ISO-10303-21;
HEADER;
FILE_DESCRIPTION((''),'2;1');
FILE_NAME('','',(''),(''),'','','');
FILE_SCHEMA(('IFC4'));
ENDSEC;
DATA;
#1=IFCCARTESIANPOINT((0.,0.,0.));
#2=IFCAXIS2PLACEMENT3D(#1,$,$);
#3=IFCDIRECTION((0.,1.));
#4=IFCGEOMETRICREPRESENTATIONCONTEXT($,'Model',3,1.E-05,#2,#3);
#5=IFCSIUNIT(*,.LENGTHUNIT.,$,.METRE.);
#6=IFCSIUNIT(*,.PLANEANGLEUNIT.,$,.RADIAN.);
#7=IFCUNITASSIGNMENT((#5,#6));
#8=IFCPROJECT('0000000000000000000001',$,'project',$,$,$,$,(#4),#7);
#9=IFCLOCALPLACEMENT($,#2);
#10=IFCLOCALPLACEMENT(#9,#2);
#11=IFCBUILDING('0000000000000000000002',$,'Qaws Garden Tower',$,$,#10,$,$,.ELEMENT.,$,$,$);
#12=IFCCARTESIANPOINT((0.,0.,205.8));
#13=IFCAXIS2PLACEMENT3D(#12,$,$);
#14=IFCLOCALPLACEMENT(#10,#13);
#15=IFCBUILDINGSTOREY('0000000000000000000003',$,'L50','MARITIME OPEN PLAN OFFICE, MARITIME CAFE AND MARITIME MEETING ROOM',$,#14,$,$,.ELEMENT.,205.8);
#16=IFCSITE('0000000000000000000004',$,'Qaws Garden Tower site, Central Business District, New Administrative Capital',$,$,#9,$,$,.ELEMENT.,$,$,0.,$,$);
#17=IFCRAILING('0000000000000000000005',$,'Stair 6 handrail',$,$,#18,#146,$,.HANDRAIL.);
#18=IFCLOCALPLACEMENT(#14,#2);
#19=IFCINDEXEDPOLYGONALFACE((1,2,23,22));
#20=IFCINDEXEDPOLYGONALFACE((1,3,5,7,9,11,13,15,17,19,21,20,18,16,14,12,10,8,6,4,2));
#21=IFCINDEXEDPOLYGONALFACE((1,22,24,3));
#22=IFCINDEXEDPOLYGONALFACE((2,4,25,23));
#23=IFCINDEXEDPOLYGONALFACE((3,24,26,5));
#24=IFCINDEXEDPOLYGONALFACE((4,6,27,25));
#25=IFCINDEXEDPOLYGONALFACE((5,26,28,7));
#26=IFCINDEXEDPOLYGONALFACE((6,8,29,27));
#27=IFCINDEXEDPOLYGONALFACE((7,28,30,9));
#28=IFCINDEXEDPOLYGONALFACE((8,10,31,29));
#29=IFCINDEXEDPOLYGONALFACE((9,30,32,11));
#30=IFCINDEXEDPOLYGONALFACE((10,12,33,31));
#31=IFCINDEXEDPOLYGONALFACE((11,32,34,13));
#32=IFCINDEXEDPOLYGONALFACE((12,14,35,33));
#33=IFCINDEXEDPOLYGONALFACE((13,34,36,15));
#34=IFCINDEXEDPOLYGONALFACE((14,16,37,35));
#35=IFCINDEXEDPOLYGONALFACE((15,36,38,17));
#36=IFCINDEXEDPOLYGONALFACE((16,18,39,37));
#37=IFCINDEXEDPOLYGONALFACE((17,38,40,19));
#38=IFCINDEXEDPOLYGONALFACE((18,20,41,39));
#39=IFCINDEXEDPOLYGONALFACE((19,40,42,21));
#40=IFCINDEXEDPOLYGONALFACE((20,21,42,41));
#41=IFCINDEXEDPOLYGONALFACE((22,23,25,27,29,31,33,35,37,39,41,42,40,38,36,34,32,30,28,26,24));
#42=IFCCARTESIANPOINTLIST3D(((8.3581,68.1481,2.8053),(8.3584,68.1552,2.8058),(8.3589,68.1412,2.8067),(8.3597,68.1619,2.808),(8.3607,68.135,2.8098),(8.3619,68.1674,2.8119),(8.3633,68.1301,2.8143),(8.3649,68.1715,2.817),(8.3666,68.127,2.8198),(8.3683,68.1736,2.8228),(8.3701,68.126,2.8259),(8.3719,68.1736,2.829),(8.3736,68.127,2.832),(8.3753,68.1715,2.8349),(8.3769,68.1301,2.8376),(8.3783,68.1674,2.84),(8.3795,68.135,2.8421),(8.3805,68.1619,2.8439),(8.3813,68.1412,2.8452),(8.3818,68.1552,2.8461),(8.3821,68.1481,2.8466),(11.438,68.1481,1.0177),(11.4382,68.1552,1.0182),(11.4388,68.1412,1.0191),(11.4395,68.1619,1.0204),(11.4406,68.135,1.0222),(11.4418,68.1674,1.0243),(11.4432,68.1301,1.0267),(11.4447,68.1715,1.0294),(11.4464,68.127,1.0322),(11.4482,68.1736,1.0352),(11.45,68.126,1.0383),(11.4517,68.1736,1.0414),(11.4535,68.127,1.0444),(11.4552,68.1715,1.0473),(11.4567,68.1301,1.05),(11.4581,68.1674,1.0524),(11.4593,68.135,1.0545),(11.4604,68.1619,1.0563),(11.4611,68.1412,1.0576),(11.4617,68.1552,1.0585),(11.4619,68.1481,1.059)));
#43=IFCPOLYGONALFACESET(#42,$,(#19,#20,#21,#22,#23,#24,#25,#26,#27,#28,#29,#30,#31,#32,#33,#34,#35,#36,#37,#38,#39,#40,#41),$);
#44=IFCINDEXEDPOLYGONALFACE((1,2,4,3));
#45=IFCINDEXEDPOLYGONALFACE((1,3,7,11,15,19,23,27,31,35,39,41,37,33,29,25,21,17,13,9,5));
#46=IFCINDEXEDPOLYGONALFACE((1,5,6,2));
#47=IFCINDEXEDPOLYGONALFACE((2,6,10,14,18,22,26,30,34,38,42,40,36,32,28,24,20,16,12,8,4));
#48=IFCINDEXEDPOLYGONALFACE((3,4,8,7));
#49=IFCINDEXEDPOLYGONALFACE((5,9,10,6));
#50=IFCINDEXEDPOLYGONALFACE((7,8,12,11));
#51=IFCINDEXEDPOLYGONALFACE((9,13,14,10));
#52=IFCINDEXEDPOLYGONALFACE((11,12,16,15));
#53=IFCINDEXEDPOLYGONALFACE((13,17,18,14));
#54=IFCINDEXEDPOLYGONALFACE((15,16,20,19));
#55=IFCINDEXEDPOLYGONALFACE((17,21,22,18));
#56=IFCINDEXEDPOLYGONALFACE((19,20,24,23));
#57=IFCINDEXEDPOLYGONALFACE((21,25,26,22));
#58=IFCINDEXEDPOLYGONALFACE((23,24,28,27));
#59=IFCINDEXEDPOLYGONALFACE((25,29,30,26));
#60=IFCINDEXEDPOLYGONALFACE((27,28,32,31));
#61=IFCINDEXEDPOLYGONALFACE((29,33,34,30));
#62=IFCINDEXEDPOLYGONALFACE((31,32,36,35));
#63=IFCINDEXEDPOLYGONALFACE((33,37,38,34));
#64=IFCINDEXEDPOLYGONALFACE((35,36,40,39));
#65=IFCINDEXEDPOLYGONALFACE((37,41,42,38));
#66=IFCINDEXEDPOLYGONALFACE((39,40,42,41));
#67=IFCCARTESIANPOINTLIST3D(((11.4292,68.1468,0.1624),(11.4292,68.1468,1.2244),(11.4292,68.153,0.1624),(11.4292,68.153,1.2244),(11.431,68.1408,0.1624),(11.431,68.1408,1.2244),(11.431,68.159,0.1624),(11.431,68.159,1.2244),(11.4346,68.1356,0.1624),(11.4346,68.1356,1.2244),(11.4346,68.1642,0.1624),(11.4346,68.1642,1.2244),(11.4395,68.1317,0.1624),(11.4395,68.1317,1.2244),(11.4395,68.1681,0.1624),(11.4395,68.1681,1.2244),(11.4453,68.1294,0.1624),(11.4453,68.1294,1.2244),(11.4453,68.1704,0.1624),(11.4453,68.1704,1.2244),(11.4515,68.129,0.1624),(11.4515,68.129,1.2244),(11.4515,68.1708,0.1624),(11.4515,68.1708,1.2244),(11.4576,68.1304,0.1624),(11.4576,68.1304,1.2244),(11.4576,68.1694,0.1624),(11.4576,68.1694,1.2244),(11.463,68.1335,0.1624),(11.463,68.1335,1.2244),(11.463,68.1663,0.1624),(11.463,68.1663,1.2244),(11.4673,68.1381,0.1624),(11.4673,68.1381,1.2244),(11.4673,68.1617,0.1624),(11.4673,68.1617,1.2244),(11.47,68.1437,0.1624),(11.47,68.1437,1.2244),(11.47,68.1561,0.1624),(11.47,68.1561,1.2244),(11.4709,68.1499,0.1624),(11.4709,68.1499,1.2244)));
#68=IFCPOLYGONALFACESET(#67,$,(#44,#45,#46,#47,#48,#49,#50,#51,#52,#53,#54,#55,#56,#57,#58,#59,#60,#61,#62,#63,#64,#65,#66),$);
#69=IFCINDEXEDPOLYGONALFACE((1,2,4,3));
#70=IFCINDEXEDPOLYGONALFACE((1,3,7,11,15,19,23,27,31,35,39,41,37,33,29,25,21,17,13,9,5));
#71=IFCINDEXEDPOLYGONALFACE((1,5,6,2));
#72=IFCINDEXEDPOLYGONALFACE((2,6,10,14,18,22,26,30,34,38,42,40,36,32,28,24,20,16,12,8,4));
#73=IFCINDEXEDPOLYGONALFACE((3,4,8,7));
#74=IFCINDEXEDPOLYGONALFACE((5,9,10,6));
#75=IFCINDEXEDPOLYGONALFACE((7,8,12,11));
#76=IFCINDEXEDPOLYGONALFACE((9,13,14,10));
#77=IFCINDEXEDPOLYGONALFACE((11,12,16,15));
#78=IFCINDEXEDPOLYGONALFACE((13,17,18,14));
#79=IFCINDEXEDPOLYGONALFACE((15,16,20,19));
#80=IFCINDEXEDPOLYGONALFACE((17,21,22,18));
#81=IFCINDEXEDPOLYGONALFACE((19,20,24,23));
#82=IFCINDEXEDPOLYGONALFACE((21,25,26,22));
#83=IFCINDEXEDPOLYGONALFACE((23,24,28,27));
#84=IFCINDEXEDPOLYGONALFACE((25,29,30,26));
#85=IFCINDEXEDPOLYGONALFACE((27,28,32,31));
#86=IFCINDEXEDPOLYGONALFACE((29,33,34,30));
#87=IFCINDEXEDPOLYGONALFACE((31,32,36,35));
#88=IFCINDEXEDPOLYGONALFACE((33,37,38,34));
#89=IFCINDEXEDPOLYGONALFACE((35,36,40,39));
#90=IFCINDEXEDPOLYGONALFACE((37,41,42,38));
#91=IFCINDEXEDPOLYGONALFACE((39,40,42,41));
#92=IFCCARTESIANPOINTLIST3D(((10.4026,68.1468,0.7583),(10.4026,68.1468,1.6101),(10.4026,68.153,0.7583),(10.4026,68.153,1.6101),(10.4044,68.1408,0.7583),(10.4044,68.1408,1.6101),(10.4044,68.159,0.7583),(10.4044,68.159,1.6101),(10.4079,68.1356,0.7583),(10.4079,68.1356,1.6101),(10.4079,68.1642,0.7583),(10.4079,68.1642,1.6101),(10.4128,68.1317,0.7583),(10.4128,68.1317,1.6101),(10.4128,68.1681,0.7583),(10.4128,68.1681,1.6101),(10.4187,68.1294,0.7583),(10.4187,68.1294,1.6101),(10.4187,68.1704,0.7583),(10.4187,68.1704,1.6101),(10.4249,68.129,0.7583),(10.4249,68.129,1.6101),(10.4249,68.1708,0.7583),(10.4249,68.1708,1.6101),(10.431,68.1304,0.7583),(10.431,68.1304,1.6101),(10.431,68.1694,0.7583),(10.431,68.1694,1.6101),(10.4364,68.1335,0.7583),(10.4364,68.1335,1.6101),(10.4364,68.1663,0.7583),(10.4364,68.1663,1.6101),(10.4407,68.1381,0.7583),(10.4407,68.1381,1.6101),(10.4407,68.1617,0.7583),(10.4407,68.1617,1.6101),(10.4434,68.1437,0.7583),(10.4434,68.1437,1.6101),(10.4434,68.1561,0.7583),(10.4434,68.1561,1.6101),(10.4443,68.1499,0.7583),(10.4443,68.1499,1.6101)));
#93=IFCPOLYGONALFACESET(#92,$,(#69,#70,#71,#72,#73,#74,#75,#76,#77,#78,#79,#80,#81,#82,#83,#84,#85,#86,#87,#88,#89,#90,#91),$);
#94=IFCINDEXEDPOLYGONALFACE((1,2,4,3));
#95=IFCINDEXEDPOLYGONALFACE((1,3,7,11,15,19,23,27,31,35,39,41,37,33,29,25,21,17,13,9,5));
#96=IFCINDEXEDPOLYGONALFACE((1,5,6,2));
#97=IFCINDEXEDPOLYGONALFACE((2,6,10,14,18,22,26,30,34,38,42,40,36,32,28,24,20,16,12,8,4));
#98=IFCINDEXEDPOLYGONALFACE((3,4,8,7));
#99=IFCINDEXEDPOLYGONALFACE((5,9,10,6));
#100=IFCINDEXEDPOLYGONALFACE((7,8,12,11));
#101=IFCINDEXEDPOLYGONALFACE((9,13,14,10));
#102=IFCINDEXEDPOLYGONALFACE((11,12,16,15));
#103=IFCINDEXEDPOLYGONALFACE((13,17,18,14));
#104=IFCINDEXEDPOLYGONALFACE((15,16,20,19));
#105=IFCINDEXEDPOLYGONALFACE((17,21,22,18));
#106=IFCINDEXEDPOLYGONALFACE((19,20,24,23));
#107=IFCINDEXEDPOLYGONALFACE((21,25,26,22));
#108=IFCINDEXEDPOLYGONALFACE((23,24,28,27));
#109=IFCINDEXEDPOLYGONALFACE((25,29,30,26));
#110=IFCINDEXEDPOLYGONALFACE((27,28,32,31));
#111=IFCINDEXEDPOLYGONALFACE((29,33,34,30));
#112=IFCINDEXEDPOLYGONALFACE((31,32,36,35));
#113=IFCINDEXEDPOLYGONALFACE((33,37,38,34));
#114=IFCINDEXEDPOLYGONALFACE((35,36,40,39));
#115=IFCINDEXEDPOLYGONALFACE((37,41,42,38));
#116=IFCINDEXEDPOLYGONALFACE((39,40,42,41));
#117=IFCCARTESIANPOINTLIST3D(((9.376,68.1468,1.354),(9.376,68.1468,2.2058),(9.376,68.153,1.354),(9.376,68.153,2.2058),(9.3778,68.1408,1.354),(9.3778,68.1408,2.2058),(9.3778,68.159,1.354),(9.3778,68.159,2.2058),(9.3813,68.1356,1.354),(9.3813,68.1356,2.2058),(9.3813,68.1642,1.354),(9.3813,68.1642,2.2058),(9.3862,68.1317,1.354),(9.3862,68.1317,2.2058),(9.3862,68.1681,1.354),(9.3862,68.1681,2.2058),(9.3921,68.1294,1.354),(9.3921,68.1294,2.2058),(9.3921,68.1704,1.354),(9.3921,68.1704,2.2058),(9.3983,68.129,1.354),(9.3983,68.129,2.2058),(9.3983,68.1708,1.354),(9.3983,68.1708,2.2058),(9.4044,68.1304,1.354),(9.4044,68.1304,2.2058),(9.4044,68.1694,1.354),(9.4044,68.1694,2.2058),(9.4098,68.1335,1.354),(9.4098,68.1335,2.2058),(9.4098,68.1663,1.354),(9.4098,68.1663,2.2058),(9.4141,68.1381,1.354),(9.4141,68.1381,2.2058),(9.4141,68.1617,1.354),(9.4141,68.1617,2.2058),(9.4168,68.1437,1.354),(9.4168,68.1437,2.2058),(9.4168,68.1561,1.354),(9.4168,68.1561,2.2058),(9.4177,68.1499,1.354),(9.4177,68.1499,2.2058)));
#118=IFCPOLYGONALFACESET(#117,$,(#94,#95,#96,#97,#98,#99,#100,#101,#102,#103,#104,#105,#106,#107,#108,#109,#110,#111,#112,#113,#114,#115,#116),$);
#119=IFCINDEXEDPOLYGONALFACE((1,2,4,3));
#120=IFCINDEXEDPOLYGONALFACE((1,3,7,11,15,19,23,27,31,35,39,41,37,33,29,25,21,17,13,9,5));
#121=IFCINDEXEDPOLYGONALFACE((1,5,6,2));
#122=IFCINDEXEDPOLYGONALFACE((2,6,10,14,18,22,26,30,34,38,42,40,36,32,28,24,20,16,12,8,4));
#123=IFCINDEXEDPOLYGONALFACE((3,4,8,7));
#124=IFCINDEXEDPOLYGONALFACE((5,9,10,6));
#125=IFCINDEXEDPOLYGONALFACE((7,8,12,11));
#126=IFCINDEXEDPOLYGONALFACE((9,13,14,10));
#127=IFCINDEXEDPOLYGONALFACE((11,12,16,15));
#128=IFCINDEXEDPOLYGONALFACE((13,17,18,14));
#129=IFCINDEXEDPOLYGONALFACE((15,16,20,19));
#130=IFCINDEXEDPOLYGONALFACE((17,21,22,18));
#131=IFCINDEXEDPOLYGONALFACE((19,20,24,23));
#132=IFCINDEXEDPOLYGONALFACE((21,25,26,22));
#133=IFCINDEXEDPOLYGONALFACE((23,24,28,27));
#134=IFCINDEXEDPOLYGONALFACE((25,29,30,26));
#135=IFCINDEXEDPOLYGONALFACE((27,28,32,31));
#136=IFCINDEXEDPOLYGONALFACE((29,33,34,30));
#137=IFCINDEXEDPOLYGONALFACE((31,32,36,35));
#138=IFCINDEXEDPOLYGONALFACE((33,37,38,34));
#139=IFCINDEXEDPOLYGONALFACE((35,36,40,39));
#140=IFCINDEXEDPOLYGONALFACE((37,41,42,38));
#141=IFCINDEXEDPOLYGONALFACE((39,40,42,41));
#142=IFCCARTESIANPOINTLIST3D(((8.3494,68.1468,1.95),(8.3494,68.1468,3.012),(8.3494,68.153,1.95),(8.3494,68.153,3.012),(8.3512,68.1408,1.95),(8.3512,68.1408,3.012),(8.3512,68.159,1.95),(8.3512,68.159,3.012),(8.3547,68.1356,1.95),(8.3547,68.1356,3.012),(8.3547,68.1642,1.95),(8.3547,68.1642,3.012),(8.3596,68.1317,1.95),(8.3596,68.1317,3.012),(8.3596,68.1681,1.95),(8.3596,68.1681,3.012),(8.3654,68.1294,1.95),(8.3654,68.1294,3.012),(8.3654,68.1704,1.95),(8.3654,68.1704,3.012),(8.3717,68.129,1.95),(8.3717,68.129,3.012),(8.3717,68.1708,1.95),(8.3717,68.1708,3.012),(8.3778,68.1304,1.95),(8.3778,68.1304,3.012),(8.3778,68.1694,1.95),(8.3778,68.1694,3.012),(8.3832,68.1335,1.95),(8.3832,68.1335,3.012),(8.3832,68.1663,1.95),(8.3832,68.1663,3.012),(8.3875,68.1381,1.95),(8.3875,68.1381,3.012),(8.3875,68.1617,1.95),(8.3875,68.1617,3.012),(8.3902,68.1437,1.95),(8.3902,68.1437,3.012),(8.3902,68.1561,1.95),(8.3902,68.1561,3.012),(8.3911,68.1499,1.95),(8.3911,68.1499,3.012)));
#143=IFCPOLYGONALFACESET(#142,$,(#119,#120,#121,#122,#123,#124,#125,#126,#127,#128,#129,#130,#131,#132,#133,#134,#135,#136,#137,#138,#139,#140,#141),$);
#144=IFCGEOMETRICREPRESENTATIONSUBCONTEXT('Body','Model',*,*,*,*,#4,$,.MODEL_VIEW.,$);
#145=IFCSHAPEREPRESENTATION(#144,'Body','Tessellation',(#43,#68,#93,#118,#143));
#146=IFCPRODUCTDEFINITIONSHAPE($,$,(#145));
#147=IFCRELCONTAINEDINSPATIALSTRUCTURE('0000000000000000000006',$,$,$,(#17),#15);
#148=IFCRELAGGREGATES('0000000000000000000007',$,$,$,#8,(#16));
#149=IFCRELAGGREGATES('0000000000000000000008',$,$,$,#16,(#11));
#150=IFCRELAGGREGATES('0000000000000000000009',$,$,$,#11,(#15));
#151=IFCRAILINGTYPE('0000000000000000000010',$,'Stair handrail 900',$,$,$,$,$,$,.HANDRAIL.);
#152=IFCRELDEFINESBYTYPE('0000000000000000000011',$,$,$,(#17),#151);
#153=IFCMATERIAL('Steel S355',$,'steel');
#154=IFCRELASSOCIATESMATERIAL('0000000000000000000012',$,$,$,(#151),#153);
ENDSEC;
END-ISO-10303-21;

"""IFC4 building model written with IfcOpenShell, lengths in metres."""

from ifc_helpers import new_model, si_unit, direction, frame, origin, origin_2d, place, context, subcontext, project, spatial, circle, extrude, material, type_object, element, save


model = new_model("IFC4")

# Units and contexts
model_context = context("Model", 3, precision=1e-05, world=origin(), true_north=direction((0.0, 1.0)))
body_context = subcontext(model_context, "Body", "Model", "MODEL_VIEW")
ifc_project = project(units=[si_unit("LENGTHUNIT", "METRE"), si_unit("PLANEANGLEUNIT", "RADIAN")], contexts=[model_context])

# Site, building, storey
site_placement = place(None, origin())
site = spatial("IfcSite", under=ifc_project, at=site_placement, Name="Qaws Garden Tower site, Central Business District, New Administrative Capital", CompositionType="ELEMENT", RefElevation=0.0)
building_placement = place(site_placement, origin())
building = spatial("IfcBuilding", under=site, at=building_placement, Name="Qaws Garden Tower", CompositionType="ELEMENT")
storey_placement = place(building_placement, frame((0.0, 0.0, 205.8)))
storey = spatial("IfcBuildingStorey", under=building, at=storey_placement, Name="L50", Description="MARITIME OPEN PLAN OFFICE, MARITIME CAFE AND MARITIME MEETING ROOM", CompositionType="ELEMENT", Elevation=205.8)

# Railing
ifc_material_1 = material(Name="Steel S355", Category="steel")
railing_type = type_object("IfcRailingType", Name="Stair handrail 900", PredefinedType="HANDRAIL", material=ifc_material_1)
railing_1_placement = place(storey_placement, frame((11.45, 68.1499, 0.1624)))
element("IfcRailing", 1, at=railing_1_placement, inside=storey, type_object=railing_type, Name="Stair 6 handrail", PredefinedType="HANDRAIL", context=body_context, shape_type="SweptSolid", body=[
    extrude(circle(Radius=0.0239, at=origin_2d()), frame((0.0, 0.0, 0.876), z_axis=(-0.864873, 0.0, 0.50199), x_axis=(0.0, -1.0, 0.0)), (0.0, 0.0, 1.0), 3.561),
    extrude(circle(Radius=0.021, at=origin_2d()), origin(), (0.0, 0.0, 1.0), 1.062),
    extrude(circle(Radius=0.021, at=origin_2d()), frame((-1.0266, 0.0, 0.5959)), (0.0, 0.0, 1.0), 0.8518),
    extrude(circle(Radius=0.021, at=origin_2d()), frame((-2.0532, 0.0, 1.1917)), (0.0, 0.0, 1.0), 0.8518),
    extrude(circle(Radius=0.021, at=origin_2d()), frame((-3.0798, 0.0, 1.7876)), (0.0, 0.0, 1.0), 1.062),
])

save(model, "model.ifc")
